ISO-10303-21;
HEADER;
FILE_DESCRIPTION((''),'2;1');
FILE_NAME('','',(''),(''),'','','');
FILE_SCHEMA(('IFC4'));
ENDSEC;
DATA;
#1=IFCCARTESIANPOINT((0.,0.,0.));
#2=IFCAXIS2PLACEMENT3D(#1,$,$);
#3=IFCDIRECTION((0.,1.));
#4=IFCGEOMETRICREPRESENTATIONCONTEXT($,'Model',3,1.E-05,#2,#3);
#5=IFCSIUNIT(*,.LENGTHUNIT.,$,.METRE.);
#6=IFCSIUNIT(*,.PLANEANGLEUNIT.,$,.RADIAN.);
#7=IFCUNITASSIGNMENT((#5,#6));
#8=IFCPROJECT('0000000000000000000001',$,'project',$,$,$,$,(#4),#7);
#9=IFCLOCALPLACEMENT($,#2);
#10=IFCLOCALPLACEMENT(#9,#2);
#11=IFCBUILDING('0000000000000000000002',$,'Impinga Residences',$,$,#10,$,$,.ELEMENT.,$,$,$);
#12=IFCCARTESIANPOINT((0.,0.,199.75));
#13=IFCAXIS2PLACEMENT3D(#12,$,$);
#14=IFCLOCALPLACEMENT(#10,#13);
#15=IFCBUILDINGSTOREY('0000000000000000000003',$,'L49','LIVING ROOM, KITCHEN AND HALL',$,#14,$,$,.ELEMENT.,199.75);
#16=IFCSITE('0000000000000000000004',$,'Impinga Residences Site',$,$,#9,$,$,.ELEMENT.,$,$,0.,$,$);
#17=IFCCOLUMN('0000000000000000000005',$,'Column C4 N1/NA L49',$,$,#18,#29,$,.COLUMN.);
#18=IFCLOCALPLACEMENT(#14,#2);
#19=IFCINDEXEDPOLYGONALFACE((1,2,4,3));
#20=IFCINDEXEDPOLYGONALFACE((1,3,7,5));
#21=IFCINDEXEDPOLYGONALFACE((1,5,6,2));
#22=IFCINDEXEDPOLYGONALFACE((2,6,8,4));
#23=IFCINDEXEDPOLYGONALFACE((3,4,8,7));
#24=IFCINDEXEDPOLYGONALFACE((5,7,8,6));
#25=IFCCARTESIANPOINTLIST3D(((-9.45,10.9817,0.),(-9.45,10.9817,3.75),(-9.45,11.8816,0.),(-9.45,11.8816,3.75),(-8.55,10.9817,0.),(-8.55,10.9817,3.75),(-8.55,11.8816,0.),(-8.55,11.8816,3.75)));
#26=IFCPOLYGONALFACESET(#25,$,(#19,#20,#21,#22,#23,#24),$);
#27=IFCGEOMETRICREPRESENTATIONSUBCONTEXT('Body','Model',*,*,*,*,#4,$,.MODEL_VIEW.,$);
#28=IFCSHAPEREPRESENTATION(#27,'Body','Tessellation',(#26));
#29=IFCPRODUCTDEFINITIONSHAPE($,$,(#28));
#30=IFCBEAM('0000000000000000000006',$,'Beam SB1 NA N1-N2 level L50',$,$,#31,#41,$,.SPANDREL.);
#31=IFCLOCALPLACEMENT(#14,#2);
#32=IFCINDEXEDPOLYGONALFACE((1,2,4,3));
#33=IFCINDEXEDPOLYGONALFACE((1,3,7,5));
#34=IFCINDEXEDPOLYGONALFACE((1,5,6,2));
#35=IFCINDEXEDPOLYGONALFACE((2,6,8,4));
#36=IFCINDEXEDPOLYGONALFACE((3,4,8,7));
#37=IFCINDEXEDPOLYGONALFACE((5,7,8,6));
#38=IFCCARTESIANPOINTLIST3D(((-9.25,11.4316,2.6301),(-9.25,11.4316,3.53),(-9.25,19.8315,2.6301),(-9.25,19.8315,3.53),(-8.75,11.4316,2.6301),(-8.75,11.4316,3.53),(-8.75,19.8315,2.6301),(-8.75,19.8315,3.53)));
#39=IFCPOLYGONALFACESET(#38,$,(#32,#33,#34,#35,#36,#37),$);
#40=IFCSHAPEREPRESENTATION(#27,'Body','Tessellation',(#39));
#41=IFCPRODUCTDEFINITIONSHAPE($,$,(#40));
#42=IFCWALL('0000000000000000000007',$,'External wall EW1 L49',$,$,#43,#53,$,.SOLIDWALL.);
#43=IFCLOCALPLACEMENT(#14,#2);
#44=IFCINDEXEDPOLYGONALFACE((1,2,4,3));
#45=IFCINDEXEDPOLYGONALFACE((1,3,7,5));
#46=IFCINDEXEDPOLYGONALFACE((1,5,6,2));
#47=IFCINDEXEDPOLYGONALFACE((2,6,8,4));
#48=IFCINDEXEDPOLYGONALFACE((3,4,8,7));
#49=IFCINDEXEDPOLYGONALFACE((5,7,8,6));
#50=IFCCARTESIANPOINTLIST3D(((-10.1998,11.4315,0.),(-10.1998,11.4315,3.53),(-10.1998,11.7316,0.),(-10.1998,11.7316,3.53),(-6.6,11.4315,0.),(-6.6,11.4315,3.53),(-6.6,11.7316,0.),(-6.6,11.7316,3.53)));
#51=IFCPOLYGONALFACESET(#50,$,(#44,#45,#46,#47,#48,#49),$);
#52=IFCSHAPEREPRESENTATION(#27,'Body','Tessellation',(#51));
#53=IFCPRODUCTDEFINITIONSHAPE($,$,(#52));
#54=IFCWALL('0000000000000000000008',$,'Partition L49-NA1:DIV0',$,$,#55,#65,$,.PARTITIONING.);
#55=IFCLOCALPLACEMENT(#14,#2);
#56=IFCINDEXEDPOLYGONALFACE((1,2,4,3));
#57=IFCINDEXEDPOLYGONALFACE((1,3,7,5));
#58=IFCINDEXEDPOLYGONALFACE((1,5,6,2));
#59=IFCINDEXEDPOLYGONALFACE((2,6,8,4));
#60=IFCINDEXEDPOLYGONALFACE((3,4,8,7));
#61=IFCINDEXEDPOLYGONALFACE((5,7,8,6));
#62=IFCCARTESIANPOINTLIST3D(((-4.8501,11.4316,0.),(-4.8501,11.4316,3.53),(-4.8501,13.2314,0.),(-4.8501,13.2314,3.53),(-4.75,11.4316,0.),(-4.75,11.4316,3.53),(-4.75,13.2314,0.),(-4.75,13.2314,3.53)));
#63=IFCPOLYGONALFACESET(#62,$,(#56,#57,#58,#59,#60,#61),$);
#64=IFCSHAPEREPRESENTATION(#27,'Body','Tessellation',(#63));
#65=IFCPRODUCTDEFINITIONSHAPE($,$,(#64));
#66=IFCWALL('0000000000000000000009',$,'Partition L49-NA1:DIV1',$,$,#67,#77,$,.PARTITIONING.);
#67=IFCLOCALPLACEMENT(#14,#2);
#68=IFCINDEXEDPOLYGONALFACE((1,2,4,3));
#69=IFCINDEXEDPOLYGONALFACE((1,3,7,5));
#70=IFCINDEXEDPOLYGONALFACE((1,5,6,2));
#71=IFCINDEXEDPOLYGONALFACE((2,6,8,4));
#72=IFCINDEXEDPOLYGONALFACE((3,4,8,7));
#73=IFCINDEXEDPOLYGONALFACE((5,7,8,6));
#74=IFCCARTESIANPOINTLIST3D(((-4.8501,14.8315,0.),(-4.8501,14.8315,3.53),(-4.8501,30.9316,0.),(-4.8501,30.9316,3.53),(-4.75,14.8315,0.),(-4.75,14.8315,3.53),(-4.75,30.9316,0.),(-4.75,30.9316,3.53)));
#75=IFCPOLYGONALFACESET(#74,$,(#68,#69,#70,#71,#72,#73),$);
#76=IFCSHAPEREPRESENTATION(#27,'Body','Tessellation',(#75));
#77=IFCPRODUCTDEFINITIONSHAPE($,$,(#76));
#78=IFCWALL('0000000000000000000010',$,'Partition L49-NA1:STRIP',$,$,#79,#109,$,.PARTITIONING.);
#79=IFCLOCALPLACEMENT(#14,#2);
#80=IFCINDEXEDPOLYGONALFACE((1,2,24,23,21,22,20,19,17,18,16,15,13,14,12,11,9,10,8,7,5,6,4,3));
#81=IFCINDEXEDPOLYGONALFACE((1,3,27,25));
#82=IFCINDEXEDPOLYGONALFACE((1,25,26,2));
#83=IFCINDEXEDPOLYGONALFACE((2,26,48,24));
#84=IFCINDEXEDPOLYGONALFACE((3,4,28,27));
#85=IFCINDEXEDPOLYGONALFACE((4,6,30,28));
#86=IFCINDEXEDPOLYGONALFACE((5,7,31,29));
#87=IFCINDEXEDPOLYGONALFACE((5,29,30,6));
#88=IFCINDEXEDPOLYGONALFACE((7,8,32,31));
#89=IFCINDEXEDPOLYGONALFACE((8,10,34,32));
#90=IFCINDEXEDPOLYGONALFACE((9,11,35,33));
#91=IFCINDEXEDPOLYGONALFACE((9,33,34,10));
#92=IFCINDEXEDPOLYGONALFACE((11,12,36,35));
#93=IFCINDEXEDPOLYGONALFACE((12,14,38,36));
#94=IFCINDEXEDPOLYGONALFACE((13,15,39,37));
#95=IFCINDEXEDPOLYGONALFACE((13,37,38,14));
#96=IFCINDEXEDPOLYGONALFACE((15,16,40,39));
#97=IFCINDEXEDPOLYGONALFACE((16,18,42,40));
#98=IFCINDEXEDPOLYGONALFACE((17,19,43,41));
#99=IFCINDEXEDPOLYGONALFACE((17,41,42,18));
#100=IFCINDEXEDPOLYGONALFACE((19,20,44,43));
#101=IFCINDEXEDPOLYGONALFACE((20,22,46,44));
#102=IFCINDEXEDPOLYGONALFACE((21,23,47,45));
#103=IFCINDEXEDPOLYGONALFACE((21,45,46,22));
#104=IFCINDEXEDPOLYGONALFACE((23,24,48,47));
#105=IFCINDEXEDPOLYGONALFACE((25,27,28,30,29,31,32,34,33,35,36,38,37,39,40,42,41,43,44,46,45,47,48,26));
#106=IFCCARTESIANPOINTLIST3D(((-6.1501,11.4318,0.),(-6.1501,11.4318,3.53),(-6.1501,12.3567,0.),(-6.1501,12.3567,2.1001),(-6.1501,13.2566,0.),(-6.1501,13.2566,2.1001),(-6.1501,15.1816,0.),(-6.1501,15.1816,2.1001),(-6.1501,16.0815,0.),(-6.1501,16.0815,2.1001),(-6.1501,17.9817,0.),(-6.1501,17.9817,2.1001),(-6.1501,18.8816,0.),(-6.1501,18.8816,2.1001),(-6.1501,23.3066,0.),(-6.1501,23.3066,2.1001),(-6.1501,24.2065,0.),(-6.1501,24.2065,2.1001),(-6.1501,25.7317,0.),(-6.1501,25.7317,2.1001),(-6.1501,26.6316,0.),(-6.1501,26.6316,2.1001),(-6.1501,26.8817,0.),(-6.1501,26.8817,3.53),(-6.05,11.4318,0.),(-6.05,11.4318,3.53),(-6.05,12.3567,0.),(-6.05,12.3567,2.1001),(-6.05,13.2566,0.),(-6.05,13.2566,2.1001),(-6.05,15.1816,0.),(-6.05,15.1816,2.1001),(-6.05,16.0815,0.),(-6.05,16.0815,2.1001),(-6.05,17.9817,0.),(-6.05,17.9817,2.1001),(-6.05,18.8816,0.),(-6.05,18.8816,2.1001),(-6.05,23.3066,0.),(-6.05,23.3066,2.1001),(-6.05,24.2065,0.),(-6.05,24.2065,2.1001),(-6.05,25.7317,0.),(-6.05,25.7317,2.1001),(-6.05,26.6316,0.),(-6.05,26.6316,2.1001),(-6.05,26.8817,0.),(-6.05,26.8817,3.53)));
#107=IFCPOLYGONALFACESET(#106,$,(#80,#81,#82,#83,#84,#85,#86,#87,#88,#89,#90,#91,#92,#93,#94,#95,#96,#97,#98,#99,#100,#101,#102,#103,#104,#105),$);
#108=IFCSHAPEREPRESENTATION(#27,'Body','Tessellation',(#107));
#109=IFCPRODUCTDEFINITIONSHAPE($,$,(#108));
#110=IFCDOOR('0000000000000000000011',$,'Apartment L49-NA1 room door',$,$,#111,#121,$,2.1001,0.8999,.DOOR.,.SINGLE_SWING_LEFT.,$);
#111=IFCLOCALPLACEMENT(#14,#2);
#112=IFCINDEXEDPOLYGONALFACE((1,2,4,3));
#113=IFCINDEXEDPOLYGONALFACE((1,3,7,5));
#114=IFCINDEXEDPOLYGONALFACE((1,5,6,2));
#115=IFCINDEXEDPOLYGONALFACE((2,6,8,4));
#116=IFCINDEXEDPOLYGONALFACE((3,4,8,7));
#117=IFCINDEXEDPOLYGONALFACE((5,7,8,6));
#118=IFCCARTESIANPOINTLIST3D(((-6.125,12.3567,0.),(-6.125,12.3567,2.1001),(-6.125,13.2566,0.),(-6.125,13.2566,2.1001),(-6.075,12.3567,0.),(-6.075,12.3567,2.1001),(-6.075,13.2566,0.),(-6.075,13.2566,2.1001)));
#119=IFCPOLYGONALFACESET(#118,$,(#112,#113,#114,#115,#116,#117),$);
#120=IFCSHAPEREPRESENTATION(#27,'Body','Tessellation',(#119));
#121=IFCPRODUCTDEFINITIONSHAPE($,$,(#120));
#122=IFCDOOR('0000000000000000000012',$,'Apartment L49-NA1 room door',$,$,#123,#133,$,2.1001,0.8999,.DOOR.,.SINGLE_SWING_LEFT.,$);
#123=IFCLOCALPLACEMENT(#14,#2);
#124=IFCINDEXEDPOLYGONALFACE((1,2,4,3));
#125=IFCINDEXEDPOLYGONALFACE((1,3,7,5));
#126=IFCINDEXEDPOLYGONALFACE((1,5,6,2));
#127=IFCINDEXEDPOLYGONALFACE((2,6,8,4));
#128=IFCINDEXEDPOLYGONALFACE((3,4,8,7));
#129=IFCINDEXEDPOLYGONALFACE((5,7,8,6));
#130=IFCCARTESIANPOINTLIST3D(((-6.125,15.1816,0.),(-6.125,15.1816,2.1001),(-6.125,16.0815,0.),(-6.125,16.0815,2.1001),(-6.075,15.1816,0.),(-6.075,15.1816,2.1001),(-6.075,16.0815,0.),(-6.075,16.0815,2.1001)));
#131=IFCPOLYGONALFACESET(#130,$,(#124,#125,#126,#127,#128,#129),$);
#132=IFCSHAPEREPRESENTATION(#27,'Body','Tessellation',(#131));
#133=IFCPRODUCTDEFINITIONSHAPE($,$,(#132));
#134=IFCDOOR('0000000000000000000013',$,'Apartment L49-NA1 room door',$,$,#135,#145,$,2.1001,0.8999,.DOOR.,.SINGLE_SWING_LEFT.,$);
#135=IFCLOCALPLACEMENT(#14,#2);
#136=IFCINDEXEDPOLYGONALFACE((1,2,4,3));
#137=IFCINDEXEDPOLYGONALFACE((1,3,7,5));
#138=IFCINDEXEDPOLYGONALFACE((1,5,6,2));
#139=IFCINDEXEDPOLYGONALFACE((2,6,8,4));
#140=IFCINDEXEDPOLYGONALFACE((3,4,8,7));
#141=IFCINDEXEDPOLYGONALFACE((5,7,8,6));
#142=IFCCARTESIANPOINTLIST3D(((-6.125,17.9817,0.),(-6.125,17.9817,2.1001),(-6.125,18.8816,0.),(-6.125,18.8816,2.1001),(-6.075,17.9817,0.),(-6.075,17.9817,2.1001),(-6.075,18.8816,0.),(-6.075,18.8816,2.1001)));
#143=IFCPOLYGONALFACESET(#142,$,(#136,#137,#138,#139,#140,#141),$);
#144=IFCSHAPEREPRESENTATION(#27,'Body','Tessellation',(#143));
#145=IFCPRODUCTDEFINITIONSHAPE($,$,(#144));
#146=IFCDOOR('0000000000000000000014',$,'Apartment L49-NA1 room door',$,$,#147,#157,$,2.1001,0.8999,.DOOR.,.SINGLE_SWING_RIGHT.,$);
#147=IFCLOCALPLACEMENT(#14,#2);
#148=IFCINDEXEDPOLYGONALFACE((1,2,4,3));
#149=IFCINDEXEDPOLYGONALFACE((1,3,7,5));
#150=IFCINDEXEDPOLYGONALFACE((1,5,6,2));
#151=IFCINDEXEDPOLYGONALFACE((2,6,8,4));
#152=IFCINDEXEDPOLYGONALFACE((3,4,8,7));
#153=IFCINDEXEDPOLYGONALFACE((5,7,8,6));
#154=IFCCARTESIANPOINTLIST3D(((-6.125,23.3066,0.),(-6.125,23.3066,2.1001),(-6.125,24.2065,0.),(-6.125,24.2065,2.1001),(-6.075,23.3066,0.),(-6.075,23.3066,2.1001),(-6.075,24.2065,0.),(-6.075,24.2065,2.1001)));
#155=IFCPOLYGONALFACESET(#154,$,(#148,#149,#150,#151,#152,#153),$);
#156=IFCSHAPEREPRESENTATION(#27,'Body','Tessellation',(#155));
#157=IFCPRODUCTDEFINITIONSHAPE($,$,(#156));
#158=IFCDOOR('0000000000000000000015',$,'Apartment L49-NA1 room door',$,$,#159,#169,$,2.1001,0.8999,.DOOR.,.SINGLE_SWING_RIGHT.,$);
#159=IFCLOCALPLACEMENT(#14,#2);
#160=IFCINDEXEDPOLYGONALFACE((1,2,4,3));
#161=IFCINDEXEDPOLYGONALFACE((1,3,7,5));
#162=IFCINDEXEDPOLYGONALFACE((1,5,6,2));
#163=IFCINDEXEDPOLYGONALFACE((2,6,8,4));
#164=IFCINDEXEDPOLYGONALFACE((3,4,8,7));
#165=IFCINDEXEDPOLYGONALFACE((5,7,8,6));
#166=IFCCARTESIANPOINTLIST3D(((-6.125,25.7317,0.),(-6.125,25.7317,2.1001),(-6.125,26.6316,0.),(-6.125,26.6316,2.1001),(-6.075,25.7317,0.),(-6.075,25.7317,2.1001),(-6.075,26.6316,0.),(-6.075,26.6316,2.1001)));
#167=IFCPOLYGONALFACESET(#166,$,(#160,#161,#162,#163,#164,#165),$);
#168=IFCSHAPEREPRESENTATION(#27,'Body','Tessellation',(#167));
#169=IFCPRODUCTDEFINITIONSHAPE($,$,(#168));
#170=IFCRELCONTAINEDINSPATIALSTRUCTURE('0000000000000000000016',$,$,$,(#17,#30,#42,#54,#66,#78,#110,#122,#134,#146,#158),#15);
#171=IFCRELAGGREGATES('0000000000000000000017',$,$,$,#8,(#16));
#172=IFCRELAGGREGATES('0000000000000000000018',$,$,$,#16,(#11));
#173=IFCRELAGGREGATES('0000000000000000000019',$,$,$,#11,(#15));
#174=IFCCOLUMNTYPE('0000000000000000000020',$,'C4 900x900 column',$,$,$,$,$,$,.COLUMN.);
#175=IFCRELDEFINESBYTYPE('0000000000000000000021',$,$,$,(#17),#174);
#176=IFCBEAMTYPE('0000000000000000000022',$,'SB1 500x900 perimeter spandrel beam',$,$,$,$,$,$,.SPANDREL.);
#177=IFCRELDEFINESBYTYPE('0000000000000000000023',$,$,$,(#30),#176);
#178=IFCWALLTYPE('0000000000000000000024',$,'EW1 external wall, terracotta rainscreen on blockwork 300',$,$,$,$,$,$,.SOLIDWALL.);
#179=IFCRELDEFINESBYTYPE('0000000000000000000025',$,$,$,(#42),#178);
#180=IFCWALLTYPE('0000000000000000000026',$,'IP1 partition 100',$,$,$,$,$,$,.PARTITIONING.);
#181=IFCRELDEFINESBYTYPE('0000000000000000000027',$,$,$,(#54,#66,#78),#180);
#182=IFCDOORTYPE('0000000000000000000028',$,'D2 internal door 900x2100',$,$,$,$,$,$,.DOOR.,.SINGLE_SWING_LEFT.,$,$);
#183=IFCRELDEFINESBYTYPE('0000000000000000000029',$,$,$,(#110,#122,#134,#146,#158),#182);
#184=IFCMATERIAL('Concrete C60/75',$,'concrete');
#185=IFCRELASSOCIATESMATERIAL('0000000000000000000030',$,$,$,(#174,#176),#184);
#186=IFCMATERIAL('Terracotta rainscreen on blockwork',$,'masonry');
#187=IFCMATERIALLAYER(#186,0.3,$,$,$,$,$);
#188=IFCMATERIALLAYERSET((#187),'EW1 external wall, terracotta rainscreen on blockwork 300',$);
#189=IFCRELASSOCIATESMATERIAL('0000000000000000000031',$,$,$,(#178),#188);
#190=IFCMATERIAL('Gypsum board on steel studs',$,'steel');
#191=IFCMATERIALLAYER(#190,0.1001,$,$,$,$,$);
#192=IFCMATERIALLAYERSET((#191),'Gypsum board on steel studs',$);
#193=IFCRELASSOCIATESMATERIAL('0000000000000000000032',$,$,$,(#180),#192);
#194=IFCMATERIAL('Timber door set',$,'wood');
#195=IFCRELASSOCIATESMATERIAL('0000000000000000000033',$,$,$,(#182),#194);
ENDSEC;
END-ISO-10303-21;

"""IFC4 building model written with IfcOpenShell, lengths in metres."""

from ifc_helpers import new_model, si_unit, direction, frame, frame_2d, origin, origin_2d, place, context, subcontext, project, spatial, rectangle, extrude, material, layer, layer_set, material_profile, profile_set, type_object, element, fill, save


model = new_model("IFC4")

# Units and contexts
model_context = context("Model", 3, precision=1e-05, world=origin(), true_north=direction((0.0, 1.0)))
body_context = subcontext(model_context, "Body", "Model", "MODEL_VIEW")
ifc_project = project(units=[si_unit("LENGTHUNIT", "METRE"), si_unit("PLANEANGLEUNIT", "RADIAN")], contexts=[model_context])

# Site, building, storey
site_placement = place(None, origin())
site = spatial("IfcSite", under=ifc_project, at=site_placement, Name="Impinga Residences Site", CompositionType="ELEMENT", RefElevation=0.0)
building_placement = place(site_placement, origin())
building = spatial("IfcBuilding", under=site, at=building_placement, Name="Impinga Residences", CompositionType="ELEMENT")
storey_placement = place(building_placement, frame((0.0, 0.0, 199.75)))
storey = spatial("IfcBuildingStorey", under=building, at=storey_placement, Name="L49", Description="LIVING ROOM, KITCHEN AND HALL", CompositionType="ELEMENT", Elevation=199.75)

# Column
ifc_material_1 = material(Name="Concrete C60/75", Category="concrete")
ifc_material_profile_1 = material_profile(ifc_material_1, rectangle(XDim=0.8999, YDim=0.8999, at=origin_2d()), Name="RC 900x900")
ifc_profile_set_1 = profile_set([ifc_material_profile_1], Name="Concrete C60/75")
column_type = type_object("IfcColumnType", Name="C4 900x900 column", PredefinedType="COLUMN", material=ifc_profile_set_1)
column_placement = place(storey_placement, frame((-9.0, 11.4316, 0.0), z_axis=(0.0, 0.0, 1.0), x_axis=(1.0, 0.0, 0.0)))
element("IfcColumn", 1, at=column_placement, inside=storey, type_object=column_type, Name="Column C4 N1/NA L49", PredefinedType="COLUMN", context=body_context, shape_type="SweptSolid", body=[
    extrude(rectangle(XDim=0.8999, YDim=0.8999, at=origin_2d()), origin(), (0.0, 0.0, 1.0), 3.75),
])

# Beam
ifc_material_profile_2 = material_profile(ifc_material_1, rectangle(XDim=0.5, YDim=0.8999, at=origin_2d()), Name="RC 500x900")
ifc_profile_set_2 = profile_set([ifc_material_profile_2], Name="Concrete C60/75")
beam_type = type_object("IfcBeamType", Name="SB1 500x900 perimeter spandrel beam", PredefinedType="SPANDREL", material=ifc_profile_set_2)
beam_placement = place(storey_placement, frame((-9.0, 11.4316, 3.0801), z_axis=(0.0, 1.0, 0.0), x_axis=(-1.0, 0.0, 0.0)))
element("IfcBeam", 2, at=beam_placement, inside=storey, type_object=beam_type, Name="Beam SB1 NA N1-N2 level L50", PredefinedType="SPANDREL", context=body_context, shape_type="SweptSolid", body=[
    extrude(rectangle(XDim=0.5, YDim=0.8999, at=origin_2d()), origin(), (0.0, 0.0, 1.0), 8.3999),
])

# Walls
ifc_material_2 = material(Name="Terracotta rainscreen on blockwork", Category="masonry")
ifc_layer_1 = layer(ifc_material_2, 0.3)
ifc_layer_set_1 = layer_set([ifc_layer_1], Name="EW1 external wall, terracotta rainscreen on blockwork 300")
wall_type_1 = type_object("IfcWallType", Name="EW1 external wall, terracotta rainscreen on blockwork 300", PredefinedType="SOLIDWALL", material=ifc_layer_set_1)
wall_1_placement = place(storey_placement, frame((-6.6001, 11.5815, 0.0), z_axis=(0.0, 0.0, 1.0), x_axis=(-1.0, 0.0, 0.0)))
element("IfcWall", 3, at=wall_1_placement, inside=storey, type_object=wall_type_1, Name="External wall EW1 L49", PredefinedType="SOLIDWALL", context=body_context, shape_type="SweptSolid", body=[
    extrude(rectangle(XDim=3.5999, YDim=0.3, at=frame_2d((1.7998, 0.0))), origin(), (0.0, 0.0, 1.0), 3.53),
])
ifc_material_3 = material(Name="Gypsum board on steel studs", Category="steel")
ifc_layer_2 = layer(ifc_material_3, 0.1001)
ifc_layer_set_2 = layer_set([ifc_layer_2], Name="Gypsum board on steel studs")
wall_type_2 = type_object("IfcWallType", Name="IP1 partition 100", PredefinedType="PARTITIONING", material=ifc_layer_set_2)
wall_2_placement = place(storey_placement, frame((-4.8, 11.4316, 0.0), z_axis=(0.0, 0.0, 1.0), x_axis=(0.0, 1.0, 0.0)))
element("IfcWall", 4, at=wall_2_placement, inside=storey, type_object=wall_type_2, Name="Partition L49-NA1:DIV0", PredefinedType="PARTITIONING", context=body_context, shape_type="SweptSolid", body=[
    extrude(rectangle(XDim=1.7998, YDim=0.1001, at=frame_2d((0.8999, 0.0))), origin(), (0.0, 0.0, 1.0), 3.53),
])
wall_3_placement = place(storey_placement, frame((-4.8, 14.8315, 0.0), z_axis=(0.0, 0.0, 1.0), x_axis=(0.0, 1.0, 0.0)))
element("IfcWall", 5, at=wall_3_placement, inside=storey, type_object=wall_type_2, Name="Partition L49-NA1:DIV1", PredefinedType="PARTITIONING", context=body_context, shape_type="SweptSolid", body=[
    extrude(rectangle(XDim=16.1001, YDim=0.1001, at=frame_2d((8.05, 0.0))), origin(), (0.0, 0.0, 1.0), 3.53),
])

# Wall, openings, doors
wall_4_placement = place(storey_placement, frame((-6.1001, 11.4316, 0.0), z_axis=(0.0, 0.0, 1.0), x_axis=(0.0, 1.0, 0.0)))
wall_4 = element("IfcWall", 6, at=wall_4_placement, inside=storey, type_object=wall_type_2, Name="Partition L49-NA1:STRIP", PredefinedType="PARTITIONING", context=body_context, shape_type="SweptSolid", body=[
    extrude(rectangle(XDim=15.45, YDim=0.1001, at=frame_2d((7.7251, 0.0))), origin(), (0.0, 0.0, 1.0), 3.53),
])
opening_1_placement = place(wall_4_placement, frame((0.925, 0.0, 0.0)))
opening_1 = element("IfcOpeningElement", 7, at=opening_1_placement, cuts=wall_4, PredefinedType="OPENING", context=body_context, shape_type="SweptSolid", body=[
    extrude(rectangle(XDim=0.8999, YDim=2.1001, at=frame_2d((0.45, 1.05))), frame((0.0, 0.0601, 0.0), z_axis=(0.0, -1.0, 0.0), x_axis=(1.0, 0.0, 0.0)), (0.0, 0.0, 1.0), 0.1201),
])
opening_2_placement = place(wall_4_placement, frame((3.75, 0.0, 0.0)))
opening_2 = element("IfcOpeningElement", 8, at=opening_2_placement, cuts=wall_4, PredefinedType="OPENING", context=body_context, shape_type="SweptSolid", body=[
    extrude(rectangle(XDim=0.8999, YDim=2.1001, at=frame_2d((0.45, 1.05))), frame((0.0, 0.0601, 0.0), z_axis=(0.0, -1.0, 0.0), x_axis=(1.0, 0.0, 0.0)), (0.0, 0.0, 1.0), 0.1201),
])
opening_3_placement = place(wall_4_placement, frame((6.55, 0.0, 0.0)))
opening_3 = element("IfcOpeningElement", 9, at=opening_3_placement, cuts=wall_4, PredefinedType="OPENING", context=body_context, shape_type="SweptSolid", body=[
    extrude(rectangle(XDim=0.8999, YDim=2.1001, at=frame_2d((0.45, 1.05))), frame((0.0, 0.0601, 0.0), z_axis=(0.0, -1.0, 0.0), x_axis=(1.0, 0.0, 0.0)), (0.0, 0.0, 1.0), 0.1201),
])
opening_4_placement = place(wall_4_placement, frame((11.875, 0.0, 0.0)))
opening_4 = element("IfcOpeningElement", 10, at=opening_4_placement, cuts=wall_4, PredefinedType="OPENING", context=body_context, shape_type="SweptSolid", body=[
    extrude(rectangle(XDim=0.8999, YDim=2.1001, at=frame_2d((0.45, 1.05))), frame((0.0, 0.0601, 0.0), z_axis=(0.0, -1.0, 0.0), x_axis=(1.0, 0.0, 0.0)), (0.0, 0.0, 1.0), 0.1201),
])
opening_5_placement = place(wall_4_placement, frame((14.3, 0.0, 0.0)))
opening_5 = element("IfcOpeningElement", 11, at=opening_5_placement, cuts=wall_4, PredefinedType="OPENING", context=body_context, shape_type="SweptSolid", body=[
    extrude(rectangle(XDim=0.8999, YDim=2.1001, at=frame_2d((0.45, 1.05))), frame((0.0, 0.0601, 0.0), z_axis=(0.0, -1.0, 0.0), x_axis=(1.0, 0.0, 0.0)), (0.0, 0.0, 1.0), 0.1201),
])
ifc_material_4 = material(Name="Timber door set", Category="wood")
door_type = type_object("IfcDoorType", Name="D2 internal door 900x2100", OperationType="SINGLE_SWING_LEFT", PredefinedType="DOOR", material=ifc_material_4)
door_1_placement = place(opening_1_placement, origin())
door_1 = element("IfcDoor", 12, at=door_1_placement, inside=storey, type_object=door_type, Name="Apartment L49-NA1 room door", OperationType="SINGLE_SWING_LEFT", OverallHeight=2.1001, OverallWidth=0.8999, PredefinedType="DOOR", context=body_context, shape_type="SweptSolid", body=[
    extrude(rectangle(XDim=0.8999, YDim=2.1001, at=frame_2d((0.45, 1.05))), frame((0.0, 0.0249, 0.0), z_axis=(0.0, -1.0, 0.0), x_axis=(1.0, 0.0, 0.0)), (0.0, 0.0, 1.0), 0.05),
])
fill(opening_1, door_1)
door_2_placement = place(opening_2_placement, origin())
door_2 = element("IfcDoor", 13, at=door_2_placement, inside=storey, type_object=door_type, Name="Apartment L49-NA1 room door", OperationType="SINGLE_SWING_LEFT", OverallHeight=2.1001, OverallWidth=0.8999, PredefinedType="DOOR", context=body_context, shape_type="SweptSolid", body=[
    extrude(rectangle(XDim=0.8999, YDim=2.1001, at=frame_2d((0.45, 1.05))), frame((0.0, 0.0249, 0.0), z_axis=(0.0, -1.0, 0.0), x_axis=(1.0, 0.0, 0.0)), (0.0, 0.0, 1.0), 0.05),
])
fill(opening_2, door_2)
door_3_placement = place(opening_3_placement, origin())
door_3 = element("IfcDoor", 14, at=door_3_placement, inside=storey, type_object=door_type, Name="Apartment L49-NA1 room door", OperationType="SINGLE_SWING_LEFT", OverallHeight=2.1001, OverallWidth=0.8999, PredefinedType="DOOR", context=body_context, shape_type="SweptSolid", body=[
    extrude(rectangle(XDim=0.8999, YDim=2.1001, at=frame_2d((0.45, 1.05))), frame((0.0, 0.0249, 0.0), z_axis=(0.0, -1.0, 0.0), x_axis=(1.0, 0.0, 0.0)), (0.0, 0.0, 1.0), 0.05),
])
fill(opening_3, door_3)
door_4_placement = place(opening_4_placement, origin())
door_4 = element("IfcDoor", 15, at=door_4_placement, inside=storey, type_object=door_type, Name="Apartment L49-NA1 room door", OperationType="SINGLE_SWING_RIGHT", OverallHeight=2.1001, OverallWidth=0.8999, PredefinedType="DOOR", context=body_context, shape_type="SweptSolid", body=[
    extrude(rectangle(XDim=0.8999, YDim=2.1001, at=frame_2d((0.45, 1.05))), frame((0.0, 0.0249, 0.0), z_axis=(0.0, -1.0, 0.0), x_axis=(1.0, 0.0, 0.0)), (0.0, 0.0, 1.0), 0.05),
])
fill(opening_4, door_4)
door_5_placement = place(opening_5_placement, origin())
door_5 = element("IfcDoor", 16, at=door_5_placement, inside=storey, type_object=door_type, Name="Apartment L49-NA1 room door", OperationType="SINGLE_SWING_RIGHT", OverallHeight=2.1001, OverallWidth=0.8999, PredefinedType="DOOR", context=body_context, shape_type="SweptSolid", body=[
    extrude(rectangle(XDim=0.8999, YDim=2.1001, at=frame_2d((0.45, 1.05))), frame((0.0, 0.0249, 0.0), z_axis=(0.0, -1.0, 0.0), x_axis=(1.0, 0.0, 0.0)), (0.0, 0.0, 1.0), 0.05),
])
fill(opening_5, door_5)

save(model, "model.ifc")
